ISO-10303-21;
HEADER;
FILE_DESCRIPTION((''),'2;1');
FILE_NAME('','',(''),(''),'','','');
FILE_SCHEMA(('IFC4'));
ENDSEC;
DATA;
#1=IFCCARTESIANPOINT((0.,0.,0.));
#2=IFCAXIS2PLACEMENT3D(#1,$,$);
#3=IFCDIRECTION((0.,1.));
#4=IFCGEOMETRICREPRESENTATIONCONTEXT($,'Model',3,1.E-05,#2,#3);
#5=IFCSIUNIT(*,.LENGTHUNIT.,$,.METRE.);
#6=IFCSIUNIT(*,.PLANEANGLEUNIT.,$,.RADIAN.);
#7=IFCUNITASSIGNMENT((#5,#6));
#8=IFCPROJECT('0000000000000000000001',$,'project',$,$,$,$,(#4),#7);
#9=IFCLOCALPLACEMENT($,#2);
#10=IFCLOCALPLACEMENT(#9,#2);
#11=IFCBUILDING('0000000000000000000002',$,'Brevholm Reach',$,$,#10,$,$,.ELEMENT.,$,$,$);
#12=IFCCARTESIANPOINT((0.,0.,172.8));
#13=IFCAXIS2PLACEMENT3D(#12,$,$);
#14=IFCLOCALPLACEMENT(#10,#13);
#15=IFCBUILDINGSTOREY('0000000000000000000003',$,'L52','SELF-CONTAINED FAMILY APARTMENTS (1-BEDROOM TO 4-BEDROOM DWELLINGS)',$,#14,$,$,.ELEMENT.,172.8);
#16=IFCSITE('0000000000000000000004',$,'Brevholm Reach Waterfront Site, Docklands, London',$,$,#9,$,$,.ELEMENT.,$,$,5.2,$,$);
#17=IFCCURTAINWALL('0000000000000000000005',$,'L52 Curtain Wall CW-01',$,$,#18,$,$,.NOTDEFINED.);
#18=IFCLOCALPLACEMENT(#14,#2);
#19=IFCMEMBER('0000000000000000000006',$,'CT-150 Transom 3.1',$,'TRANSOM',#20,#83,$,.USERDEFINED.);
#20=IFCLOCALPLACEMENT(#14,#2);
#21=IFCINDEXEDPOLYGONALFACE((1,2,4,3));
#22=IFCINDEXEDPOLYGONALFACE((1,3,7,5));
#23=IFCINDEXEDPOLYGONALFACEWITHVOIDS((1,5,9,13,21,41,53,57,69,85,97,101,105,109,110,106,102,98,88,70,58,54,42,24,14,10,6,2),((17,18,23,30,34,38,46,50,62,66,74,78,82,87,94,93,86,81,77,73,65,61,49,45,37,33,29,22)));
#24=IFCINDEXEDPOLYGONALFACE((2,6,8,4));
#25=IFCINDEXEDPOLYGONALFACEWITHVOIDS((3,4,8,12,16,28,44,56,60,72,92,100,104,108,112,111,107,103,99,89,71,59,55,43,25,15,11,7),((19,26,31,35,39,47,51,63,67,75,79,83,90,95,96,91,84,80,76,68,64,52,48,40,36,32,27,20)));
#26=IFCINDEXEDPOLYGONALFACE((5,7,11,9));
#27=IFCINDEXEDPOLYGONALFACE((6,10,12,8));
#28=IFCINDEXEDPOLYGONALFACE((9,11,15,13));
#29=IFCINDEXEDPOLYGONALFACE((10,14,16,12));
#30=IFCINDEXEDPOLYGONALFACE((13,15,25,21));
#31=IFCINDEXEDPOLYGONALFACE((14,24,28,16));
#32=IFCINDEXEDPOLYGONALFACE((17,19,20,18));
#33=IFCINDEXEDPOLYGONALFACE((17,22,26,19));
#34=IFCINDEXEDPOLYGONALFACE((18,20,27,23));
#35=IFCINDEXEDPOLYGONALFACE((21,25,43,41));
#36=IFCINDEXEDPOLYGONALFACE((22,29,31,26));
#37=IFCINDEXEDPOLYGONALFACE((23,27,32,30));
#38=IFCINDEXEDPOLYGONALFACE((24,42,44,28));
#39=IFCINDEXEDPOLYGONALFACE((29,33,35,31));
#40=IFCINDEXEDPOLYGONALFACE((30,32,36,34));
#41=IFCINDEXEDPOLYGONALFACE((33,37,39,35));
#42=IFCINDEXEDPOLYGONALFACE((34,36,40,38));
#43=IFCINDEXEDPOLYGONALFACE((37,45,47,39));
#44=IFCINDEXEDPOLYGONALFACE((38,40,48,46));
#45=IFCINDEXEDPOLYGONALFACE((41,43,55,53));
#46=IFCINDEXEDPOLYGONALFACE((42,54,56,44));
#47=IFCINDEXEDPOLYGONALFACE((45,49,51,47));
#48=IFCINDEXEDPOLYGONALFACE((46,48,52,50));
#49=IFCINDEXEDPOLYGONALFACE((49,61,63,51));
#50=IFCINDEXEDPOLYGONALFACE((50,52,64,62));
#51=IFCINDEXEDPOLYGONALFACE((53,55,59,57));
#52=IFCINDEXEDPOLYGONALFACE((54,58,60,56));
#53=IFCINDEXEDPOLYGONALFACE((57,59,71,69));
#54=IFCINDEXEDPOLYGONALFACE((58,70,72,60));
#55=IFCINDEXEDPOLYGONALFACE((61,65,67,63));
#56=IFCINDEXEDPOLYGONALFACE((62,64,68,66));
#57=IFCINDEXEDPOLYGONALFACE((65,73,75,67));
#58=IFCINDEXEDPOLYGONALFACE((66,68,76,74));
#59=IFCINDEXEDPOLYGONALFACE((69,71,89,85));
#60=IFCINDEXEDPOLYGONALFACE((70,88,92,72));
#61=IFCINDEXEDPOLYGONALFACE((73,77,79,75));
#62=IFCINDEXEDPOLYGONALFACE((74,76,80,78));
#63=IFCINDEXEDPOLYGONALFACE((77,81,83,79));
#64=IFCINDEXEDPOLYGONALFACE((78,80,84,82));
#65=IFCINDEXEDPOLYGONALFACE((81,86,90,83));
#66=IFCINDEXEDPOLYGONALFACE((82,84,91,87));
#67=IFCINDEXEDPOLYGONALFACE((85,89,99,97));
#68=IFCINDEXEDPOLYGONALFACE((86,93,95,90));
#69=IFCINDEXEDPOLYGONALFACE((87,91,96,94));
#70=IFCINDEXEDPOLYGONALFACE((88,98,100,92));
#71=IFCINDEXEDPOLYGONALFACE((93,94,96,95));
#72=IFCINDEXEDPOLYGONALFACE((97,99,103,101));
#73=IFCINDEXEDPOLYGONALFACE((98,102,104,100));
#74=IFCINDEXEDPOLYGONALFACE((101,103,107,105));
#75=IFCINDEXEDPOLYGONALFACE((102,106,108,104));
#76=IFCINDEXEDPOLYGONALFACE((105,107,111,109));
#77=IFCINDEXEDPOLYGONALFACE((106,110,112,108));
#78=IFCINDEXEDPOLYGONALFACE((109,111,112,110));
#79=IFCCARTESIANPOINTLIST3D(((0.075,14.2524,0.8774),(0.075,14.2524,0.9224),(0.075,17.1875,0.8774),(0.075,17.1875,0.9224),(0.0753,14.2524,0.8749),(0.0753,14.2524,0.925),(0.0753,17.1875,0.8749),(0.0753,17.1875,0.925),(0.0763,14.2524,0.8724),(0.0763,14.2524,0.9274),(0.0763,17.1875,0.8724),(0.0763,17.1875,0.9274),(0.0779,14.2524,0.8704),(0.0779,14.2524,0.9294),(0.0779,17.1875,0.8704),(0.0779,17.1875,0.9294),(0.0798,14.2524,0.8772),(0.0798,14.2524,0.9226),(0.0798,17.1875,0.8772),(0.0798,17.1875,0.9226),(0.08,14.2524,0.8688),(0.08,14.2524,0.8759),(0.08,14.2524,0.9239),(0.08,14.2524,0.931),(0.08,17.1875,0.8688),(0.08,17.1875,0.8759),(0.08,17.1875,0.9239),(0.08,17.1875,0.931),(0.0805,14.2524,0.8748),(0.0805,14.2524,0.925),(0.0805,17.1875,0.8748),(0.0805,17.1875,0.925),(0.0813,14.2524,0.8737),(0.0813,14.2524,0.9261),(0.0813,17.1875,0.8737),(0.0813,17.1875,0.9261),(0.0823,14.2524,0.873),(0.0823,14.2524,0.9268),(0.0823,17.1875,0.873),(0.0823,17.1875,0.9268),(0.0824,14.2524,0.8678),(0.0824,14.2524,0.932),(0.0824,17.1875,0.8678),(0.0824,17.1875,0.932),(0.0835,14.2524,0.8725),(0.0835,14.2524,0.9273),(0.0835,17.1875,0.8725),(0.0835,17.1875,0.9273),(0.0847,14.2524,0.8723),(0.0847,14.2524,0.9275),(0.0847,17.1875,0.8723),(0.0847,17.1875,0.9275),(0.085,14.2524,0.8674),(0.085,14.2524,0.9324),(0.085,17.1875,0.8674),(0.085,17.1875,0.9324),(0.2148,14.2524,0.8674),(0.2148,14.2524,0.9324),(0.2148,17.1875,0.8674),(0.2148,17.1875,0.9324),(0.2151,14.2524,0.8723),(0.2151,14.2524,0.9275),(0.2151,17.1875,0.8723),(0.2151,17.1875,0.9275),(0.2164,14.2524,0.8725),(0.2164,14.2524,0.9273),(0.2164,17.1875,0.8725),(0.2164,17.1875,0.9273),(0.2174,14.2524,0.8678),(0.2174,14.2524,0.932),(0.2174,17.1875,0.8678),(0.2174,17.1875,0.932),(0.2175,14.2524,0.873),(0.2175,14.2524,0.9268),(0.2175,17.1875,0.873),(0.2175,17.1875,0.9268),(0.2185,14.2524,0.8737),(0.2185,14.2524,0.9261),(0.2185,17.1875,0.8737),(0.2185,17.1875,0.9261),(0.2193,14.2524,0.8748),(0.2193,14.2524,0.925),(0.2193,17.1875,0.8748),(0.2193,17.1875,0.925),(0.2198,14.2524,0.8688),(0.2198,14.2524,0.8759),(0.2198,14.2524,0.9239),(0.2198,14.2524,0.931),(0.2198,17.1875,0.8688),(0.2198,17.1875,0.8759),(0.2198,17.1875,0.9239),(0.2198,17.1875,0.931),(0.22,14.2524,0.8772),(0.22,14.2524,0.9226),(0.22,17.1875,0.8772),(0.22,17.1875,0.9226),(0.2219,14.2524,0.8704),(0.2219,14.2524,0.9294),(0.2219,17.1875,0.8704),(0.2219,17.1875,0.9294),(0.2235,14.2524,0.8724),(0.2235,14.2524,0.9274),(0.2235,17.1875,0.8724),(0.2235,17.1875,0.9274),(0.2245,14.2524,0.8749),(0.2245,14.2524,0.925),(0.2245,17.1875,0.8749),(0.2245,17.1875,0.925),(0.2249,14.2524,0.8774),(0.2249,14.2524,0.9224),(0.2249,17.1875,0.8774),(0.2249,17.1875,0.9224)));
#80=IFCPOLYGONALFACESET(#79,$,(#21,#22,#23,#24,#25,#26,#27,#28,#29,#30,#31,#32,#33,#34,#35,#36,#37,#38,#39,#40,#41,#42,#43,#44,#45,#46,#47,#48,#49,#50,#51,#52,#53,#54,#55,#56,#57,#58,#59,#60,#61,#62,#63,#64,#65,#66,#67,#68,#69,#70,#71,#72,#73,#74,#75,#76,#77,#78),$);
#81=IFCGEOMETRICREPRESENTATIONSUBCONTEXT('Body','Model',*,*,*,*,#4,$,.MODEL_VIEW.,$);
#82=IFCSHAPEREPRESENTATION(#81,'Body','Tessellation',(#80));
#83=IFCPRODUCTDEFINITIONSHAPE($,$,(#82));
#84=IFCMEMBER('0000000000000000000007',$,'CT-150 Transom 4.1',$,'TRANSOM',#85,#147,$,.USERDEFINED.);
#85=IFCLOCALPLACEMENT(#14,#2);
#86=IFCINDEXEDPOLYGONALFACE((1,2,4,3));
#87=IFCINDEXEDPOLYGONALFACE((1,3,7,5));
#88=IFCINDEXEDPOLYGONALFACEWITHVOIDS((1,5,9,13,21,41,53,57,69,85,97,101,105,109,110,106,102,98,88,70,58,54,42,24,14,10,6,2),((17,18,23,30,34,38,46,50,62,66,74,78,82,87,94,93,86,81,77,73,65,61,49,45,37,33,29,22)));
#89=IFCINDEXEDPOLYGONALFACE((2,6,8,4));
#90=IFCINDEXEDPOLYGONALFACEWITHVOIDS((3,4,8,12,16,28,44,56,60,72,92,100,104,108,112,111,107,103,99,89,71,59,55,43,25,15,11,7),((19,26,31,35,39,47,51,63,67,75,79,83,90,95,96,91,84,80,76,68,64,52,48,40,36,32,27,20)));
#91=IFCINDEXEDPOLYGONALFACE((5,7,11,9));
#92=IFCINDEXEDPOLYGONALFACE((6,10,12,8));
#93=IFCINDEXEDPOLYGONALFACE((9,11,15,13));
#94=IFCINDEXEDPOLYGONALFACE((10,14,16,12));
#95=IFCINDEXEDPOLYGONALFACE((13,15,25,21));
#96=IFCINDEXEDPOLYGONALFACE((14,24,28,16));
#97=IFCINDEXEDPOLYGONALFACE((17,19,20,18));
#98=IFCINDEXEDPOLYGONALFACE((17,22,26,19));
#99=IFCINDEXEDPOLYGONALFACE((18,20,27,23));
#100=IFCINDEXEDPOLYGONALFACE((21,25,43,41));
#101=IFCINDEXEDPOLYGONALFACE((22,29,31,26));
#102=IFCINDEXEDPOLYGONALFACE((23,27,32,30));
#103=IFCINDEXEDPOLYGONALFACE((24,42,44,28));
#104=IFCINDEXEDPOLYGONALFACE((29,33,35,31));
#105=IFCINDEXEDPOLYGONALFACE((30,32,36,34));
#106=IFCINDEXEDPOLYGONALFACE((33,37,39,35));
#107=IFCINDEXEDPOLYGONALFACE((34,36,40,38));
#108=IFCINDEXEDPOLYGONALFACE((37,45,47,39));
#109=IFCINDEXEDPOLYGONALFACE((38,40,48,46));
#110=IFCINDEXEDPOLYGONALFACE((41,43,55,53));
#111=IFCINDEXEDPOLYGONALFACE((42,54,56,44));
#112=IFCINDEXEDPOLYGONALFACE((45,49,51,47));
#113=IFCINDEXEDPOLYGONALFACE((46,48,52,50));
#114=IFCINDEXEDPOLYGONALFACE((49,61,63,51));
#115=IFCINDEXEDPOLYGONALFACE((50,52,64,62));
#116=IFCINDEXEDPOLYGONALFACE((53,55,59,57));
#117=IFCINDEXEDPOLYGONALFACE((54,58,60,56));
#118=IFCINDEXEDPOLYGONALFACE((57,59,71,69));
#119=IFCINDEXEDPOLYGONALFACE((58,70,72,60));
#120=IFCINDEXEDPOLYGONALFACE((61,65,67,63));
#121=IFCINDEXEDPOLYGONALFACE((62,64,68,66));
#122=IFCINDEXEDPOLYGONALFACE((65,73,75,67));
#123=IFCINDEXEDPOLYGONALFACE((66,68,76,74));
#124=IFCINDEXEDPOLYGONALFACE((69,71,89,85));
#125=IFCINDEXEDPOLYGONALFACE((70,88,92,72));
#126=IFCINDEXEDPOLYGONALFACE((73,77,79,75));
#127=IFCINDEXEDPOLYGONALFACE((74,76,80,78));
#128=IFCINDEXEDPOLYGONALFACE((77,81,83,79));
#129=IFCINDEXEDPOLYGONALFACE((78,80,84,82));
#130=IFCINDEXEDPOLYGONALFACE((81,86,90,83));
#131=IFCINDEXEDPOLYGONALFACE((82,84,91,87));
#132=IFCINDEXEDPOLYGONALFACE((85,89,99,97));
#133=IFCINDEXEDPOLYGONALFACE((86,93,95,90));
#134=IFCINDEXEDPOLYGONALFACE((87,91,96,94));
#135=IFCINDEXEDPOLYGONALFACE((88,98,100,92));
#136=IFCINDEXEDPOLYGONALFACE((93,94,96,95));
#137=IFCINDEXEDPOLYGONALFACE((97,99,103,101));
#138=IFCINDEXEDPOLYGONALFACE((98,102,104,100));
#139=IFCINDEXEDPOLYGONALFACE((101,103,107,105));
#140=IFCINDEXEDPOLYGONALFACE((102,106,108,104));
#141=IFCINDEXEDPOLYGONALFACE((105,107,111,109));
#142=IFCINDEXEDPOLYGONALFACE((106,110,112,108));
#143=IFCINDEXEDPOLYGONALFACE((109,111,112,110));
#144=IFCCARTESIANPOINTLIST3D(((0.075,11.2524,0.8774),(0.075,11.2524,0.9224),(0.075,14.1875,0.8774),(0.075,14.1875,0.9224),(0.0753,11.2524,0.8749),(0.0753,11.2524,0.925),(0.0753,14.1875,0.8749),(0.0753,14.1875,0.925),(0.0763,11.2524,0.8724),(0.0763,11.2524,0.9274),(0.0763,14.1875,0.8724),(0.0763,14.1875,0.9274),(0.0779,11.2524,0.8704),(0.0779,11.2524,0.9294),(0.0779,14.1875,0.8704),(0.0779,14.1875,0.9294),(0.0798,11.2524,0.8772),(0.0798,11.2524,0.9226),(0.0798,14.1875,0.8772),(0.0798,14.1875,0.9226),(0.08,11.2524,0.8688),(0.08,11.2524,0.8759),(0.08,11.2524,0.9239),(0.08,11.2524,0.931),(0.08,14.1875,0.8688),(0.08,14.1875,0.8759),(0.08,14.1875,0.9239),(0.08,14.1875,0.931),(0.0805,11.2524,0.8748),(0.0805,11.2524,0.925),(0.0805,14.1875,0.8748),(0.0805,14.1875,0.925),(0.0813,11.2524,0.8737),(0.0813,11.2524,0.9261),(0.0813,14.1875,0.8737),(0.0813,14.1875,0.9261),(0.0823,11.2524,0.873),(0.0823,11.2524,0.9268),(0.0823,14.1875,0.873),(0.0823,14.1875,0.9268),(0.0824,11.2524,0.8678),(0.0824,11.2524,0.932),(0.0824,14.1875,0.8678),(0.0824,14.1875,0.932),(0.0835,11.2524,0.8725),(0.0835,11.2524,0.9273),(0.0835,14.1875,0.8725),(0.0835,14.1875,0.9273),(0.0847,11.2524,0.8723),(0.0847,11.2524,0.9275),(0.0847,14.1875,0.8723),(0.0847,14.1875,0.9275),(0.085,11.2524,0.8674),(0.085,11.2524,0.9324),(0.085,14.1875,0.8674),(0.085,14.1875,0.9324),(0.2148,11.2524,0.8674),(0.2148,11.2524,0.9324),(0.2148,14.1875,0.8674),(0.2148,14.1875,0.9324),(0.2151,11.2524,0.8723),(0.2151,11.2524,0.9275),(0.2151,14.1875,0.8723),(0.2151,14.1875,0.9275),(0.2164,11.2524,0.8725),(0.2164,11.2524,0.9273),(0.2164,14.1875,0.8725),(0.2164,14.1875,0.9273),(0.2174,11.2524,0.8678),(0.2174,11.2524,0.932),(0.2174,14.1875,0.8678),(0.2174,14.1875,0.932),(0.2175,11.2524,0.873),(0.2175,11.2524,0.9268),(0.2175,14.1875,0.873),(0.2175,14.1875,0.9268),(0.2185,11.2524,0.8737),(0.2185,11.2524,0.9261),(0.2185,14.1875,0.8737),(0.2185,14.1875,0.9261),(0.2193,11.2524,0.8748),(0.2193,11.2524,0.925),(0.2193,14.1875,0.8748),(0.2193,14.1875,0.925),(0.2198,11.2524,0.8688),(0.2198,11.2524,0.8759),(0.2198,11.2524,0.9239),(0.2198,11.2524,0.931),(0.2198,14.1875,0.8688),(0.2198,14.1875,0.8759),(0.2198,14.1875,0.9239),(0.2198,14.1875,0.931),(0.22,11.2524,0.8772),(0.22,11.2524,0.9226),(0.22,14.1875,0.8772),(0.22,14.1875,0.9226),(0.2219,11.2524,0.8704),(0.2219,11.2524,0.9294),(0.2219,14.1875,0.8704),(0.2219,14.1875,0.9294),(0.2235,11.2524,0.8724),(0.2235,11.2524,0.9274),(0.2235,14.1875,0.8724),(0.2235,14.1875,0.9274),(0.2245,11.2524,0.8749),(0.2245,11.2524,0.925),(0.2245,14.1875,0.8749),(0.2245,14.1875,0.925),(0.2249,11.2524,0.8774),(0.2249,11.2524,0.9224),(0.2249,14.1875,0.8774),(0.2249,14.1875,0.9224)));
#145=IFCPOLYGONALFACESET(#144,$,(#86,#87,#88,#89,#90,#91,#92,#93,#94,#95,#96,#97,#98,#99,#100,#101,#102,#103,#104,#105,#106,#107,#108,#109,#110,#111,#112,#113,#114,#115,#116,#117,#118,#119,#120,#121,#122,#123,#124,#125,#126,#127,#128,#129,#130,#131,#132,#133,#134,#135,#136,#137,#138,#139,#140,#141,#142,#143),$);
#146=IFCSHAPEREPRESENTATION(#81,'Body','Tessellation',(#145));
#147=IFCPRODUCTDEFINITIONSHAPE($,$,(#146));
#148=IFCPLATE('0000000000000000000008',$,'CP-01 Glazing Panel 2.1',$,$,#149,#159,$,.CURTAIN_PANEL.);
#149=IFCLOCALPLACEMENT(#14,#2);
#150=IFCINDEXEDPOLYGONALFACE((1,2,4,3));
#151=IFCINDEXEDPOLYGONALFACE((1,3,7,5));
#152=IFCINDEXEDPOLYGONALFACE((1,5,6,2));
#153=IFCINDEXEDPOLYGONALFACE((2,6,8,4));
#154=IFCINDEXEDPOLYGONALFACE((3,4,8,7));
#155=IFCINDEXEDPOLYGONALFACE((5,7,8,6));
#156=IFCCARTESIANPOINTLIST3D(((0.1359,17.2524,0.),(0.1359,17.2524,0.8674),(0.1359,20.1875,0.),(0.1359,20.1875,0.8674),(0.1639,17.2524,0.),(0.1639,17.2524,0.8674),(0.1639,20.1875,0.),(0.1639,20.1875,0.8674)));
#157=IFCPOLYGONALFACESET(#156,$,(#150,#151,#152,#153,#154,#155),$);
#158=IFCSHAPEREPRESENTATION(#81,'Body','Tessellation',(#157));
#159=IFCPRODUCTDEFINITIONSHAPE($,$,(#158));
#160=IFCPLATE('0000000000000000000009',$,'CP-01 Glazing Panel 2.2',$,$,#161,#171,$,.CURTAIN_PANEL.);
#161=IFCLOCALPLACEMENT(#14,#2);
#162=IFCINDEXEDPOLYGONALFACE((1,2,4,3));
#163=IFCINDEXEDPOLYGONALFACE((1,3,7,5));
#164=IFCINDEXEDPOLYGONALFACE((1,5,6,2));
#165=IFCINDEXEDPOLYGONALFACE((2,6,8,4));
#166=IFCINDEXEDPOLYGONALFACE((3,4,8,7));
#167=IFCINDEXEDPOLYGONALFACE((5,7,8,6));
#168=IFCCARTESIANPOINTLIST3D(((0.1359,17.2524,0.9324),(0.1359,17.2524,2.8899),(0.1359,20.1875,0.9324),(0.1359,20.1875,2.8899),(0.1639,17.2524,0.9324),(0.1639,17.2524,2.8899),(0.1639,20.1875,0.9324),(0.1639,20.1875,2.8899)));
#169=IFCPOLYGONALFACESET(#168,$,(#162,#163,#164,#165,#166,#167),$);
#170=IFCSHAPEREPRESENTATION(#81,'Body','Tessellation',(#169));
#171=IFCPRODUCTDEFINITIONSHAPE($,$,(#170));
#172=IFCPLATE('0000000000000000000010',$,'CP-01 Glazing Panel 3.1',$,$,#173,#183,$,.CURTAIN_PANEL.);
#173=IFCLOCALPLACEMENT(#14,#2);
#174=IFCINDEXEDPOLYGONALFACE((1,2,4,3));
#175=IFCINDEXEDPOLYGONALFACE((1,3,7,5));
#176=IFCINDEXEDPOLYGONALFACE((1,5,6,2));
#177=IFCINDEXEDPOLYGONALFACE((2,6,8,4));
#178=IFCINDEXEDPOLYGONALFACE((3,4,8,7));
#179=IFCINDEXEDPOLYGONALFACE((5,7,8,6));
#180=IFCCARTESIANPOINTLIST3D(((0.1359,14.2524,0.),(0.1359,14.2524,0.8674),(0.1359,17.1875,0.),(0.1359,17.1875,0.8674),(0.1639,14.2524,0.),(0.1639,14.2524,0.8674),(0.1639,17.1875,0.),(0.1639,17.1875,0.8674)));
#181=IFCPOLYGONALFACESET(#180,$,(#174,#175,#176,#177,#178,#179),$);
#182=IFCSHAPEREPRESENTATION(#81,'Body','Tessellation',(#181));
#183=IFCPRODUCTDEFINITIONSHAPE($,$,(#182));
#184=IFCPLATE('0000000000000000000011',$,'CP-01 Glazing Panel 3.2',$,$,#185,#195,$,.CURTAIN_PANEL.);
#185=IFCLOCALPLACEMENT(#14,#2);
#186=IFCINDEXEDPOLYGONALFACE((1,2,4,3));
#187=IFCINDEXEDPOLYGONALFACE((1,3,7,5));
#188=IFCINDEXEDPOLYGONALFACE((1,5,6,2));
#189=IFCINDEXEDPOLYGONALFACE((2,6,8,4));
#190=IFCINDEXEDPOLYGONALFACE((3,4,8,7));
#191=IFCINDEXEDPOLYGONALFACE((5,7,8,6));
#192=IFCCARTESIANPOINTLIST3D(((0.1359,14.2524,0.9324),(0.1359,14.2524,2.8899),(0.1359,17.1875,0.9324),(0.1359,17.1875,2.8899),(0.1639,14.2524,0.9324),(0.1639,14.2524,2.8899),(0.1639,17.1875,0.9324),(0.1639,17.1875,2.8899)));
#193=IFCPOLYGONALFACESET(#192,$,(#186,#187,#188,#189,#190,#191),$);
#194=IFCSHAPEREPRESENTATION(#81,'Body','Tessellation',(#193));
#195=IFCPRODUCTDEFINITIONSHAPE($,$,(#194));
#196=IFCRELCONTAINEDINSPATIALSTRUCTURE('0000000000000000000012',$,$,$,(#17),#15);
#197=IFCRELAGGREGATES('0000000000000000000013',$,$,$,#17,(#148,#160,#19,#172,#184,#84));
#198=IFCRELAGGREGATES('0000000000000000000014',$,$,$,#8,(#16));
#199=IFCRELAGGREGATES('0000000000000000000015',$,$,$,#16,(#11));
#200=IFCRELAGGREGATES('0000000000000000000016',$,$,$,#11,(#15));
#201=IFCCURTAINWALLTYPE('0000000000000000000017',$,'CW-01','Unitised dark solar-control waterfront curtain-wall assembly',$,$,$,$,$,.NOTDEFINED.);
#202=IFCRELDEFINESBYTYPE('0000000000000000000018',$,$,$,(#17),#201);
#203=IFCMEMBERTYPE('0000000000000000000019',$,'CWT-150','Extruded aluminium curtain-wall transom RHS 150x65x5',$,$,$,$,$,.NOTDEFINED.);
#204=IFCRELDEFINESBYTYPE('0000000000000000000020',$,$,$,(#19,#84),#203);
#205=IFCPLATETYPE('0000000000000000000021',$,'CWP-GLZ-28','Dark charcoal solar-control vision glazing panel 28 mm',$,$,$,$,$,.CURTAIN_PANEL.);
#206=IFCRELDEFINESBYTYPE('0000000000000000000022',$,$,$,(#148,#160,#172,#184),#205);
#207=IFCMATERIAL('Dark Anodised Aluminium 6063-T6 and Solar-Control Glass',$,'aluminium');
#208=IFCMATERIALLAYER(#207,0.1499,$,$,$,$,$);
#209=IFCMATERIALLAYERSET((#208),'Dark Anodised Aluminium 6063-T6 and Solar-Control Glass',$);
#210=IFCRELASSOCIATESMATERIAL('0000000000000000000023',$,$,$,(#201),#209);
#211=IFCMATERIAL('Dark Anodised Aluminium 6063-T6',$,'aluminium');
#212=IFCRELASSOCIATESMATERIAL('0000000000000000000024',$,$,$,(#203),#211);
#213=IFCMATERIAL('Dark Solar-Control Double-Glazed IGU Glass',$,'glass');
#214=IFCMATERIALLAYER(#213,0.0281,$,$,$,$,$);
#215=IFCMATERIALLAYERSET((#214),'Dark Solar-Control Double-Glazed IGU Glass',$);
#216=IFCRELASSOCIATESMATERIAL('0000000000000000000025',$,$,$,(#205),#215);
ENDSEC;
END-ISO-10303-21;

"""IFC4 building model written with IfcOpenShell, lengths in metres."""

from ifc_helpers import new_model, si_unit, direction, frame, origin, origin_2d, place, context, subcontext, project, spatial, rectangle, hollow_rectangle, extrude, material, layer, layer_set, material_profile, profile_set, type_object, element, aggregate, save


model = new_model("IFC4")

# Units and contexts
model_context = context("Model", 3, precision=1e-05, world=origin(), true_north=direction((0.0, 1.0)))
body_context = subcontext(model_context, "Body", "Model", "MODEL_VIEW")
ifc_project = project(units=[si_unit("LENGTHUNIT", "METRE"), si_unit("PLANEANGLEUNIT", "RADIAN")], contexts=[model_context])

# Site, building, storey
site_placement = place(None, origin())
site = spatial("IfcSite", under=ifc_project, at=site_placement, Name="Brevholm Reach Waterfront Site, Docklands, London", CompositionType="ELEMENT", RefElevation=5.2)
building_placement = place(site_placement, origin())
building = spatial("IfcBuilding", under=site, at=building_placement, Name="Brevholm Reach", CompositionType="ELEMENT")
storey_placement = place(building_placement, frame((0.0, 0.0, 172.8)))
storey = spatial("IfcBuildingStorey", under=building, at=storey_placement, Name="L52", Description="SELF-CONTAINED FAMILY APARTMENTS (1-BEDROOM TO 4-BEDROOM DWELLINGS)", CompositionType="ELEMENT", Elevation=172.8)

# Curtain wall, members, plates
ifc_material_1 = material(Name="Dark Anodised Aluminium 6063-T6 and Solar-Control Glass", Category="aluminium")
ifc_layer_1 = layer(ifc_material_1, 0.1499)
ifc_layer_set_1 = layer_set([ifc_layer_1], Name="Dark Anodised Aluminium 6063-T6 and Solar-Control Glass")
curtain_wall_type = type_object("IfcCurtainWallType", Name="CW-01", Description="Unitised dark solar-control waterfront curtain-wall assembly", PredefinedType="NOTDEFINED", material=ifc_layer_set_1)
curtain_wall_placement = place(storey_placement, origin())
curtain_wall = element("IfcCurtainWall", 1, at=curtain_wall_placement, inside=storey, type_object=curtain_wall_type, Name="L52 Curtain Wall CW-01", PredefinedType="NOTDEFINED")
ifc_material_2 = material(Name="Dark Anodised Aluminium 6063-T6", Category="aluminium")
ifc_material_profile_1 = material_profile(ifc_material_2, hollow_rectangle(XDim=0.0649, YDim=0.1499, WallThickness=0.0049, InnerFilletRadius=0.0049, OuterFilletRadius=0.01, at=origin_2d()), Name="RHS 150x65x5")
ifc_profile_set_1 = profile_set([ifc_material_profile_1], Name="Dark Anodised Aluminium 6063-T6")
member_type_1 = type_object("IfcMemberType", Name="CWT-150", Description="Extruded aluminium curtain-wall transom RHS 150x65x5", PredefinedType="NOTDEFINED", material=ifc_profile_set_1)
member_1_placement = place(storey_placement, frame((0.1499, 17.1875, 0.8999), z_axis=(0.0, -1.0, 0.0), x_axis=(0.0, 0.0, 1.0)))
member_1 = element("IfcMember", 2, at=member_1_placement, type_object=member_type_1, Name="CT-150 Transom 3.1", ObjectType="TRANSOM", PredefinedType="USERDEFINED", context=body_context, shape_type="SweptSolid", body=[
    extrude(hollow_rectangle(XDim=0.0649, YDim=0.1499, WallThickness=0.0049, InnerFilletRadius=0.0049, OuterFilletRadius=0.01, at=origin_2d()), origin(), (0.0, 0.0, 1.0), 2.9351),
])
member_2_placement = place(storey_placement, frame((0.1499, 14.1875, 0.8999), z_axis=(0.0, -1.0, 0.0), x_axis=(0.0, 0.0, 1.0)))
member_2 = element("IfcMember", 3, at=member_2_placement, type_object=member_type_1, Name="CT-150 Transom 4.1", ObjectType="TRANSOM", PredefinedType="USERDEFINED", context=body_context, shape_type="SweptSolid", body=[
    extrude(hollow_rectangle(XDim=0.0649, YDim=0.1499, WallThickness=0.0049, InnerFilletRadius=0.0049, OuterFilletRadius=0.01, at=origin_2d()), origin(), (0.0, 0.0, 1.0), 2.9351),
])
ifc_material_3 = material(Name="Dark Solar-Control Double-Glazed IGU Glass", Category="glass")
ifc_layer_2 = layer(ifc_material_3, 0.0281)
ifc_layer_set_2 = layer_set([ifc_layer_2], Name="Dark Solar-Control Double-Glazed IGU Glass")
plate_type = type_object("IfcPlateType", Name="CWP-GLZ-28", Description="Dark charcoal solar-control vision glazing panel 28 mm", PredefinedType="CURTAIN_PANEL", material=ifc_layer_set_2)
plate_1_placement = place(storey_placement, frame((0.1499, 18.72, 0.0), z_axis=(0.0, 0.0, 1.0), x_axis=(0.0, -1.0, 0.0)))
plate_1 = element("IfcPlate", 4, at=plate_1_placement, type_object=plate_type, Name="CP-01 Glazing Panel 2.1", PredefinedType="CURTAIN_PANEL", context=body_context, shape_type="SweptSolid", body=[
    extrude(rectangle(XDim=2.9351, YDim=0.0281, at=origin_2d()), origin(), (0.0, 0.0, 1.0), 0.8674),
])
plate_2_placement = place(storey_placement, frame((0.1499, 18.72, 0.9324), z_axis=(0.0, 0.0, 1.0), x_axis=(0.0, -1.0, 0.0)))
plate_2 = element("IfcPlate", 5, at=plate_2_placement, type_object=plate_type, Name="CP-01 Glazing Panel 2.2", PredefinedType="CURTAIN_PANEL", context=body_context, shape_type="SweptSolid", body=[
    extrude(rectangle(XDim=2.9351, YDim=0.0281, at=origin_2d()), origin(), (0.0, 0.0, 1.0), 1.9575),
])
plate_3_placement = place(storey_placement, frame((0.1499, 15.72, 0.0), z_axis=(0.0, 0.0, 1.0), x_axis=(0.0, -1.0, 0.0)))
plate_3 = element("IfcPlate", 6, at=plate_3_placement, type_object=plate_type, Name="CP-01 Glazing Panel 3.1", PredefinedType="CURTAIN_PANEL", context=body_context, shape_type="SweptSolid", body=[
    extrude(rectangle(XDim=2.9351, YDim=0.0281, at=origin_2d()), origin(), (0.0, 0.0, 1.0), 0.8674),
])
plate_4_placement = place(storey_placement, frame((0.1499, 15.72, 0.9324), z_axis=(0.0, 0.0, 1.0), x_axis=(0.0, -1.0, 0.0)))
plate_4 = element("IfcPlate", 7, at=plate_4_placement, type_object=plate_type, Name="CP-01 Glazing Panel 3.2", PredefinedType="CURTAIN_PANEL", context=body_context, shape_type="SweptSolid", body=[
    extrude(rectangle(XDim=2.9351, YDim=0.0281, at=origin_2d()), origin(), (0.0, 0.0, 1.0), 1.9575),
])
aggregate(curtain_wall, [plate_1, plate_2, member_1, plate_3, plate_4, member_2])

save(model, "model.ifc")
